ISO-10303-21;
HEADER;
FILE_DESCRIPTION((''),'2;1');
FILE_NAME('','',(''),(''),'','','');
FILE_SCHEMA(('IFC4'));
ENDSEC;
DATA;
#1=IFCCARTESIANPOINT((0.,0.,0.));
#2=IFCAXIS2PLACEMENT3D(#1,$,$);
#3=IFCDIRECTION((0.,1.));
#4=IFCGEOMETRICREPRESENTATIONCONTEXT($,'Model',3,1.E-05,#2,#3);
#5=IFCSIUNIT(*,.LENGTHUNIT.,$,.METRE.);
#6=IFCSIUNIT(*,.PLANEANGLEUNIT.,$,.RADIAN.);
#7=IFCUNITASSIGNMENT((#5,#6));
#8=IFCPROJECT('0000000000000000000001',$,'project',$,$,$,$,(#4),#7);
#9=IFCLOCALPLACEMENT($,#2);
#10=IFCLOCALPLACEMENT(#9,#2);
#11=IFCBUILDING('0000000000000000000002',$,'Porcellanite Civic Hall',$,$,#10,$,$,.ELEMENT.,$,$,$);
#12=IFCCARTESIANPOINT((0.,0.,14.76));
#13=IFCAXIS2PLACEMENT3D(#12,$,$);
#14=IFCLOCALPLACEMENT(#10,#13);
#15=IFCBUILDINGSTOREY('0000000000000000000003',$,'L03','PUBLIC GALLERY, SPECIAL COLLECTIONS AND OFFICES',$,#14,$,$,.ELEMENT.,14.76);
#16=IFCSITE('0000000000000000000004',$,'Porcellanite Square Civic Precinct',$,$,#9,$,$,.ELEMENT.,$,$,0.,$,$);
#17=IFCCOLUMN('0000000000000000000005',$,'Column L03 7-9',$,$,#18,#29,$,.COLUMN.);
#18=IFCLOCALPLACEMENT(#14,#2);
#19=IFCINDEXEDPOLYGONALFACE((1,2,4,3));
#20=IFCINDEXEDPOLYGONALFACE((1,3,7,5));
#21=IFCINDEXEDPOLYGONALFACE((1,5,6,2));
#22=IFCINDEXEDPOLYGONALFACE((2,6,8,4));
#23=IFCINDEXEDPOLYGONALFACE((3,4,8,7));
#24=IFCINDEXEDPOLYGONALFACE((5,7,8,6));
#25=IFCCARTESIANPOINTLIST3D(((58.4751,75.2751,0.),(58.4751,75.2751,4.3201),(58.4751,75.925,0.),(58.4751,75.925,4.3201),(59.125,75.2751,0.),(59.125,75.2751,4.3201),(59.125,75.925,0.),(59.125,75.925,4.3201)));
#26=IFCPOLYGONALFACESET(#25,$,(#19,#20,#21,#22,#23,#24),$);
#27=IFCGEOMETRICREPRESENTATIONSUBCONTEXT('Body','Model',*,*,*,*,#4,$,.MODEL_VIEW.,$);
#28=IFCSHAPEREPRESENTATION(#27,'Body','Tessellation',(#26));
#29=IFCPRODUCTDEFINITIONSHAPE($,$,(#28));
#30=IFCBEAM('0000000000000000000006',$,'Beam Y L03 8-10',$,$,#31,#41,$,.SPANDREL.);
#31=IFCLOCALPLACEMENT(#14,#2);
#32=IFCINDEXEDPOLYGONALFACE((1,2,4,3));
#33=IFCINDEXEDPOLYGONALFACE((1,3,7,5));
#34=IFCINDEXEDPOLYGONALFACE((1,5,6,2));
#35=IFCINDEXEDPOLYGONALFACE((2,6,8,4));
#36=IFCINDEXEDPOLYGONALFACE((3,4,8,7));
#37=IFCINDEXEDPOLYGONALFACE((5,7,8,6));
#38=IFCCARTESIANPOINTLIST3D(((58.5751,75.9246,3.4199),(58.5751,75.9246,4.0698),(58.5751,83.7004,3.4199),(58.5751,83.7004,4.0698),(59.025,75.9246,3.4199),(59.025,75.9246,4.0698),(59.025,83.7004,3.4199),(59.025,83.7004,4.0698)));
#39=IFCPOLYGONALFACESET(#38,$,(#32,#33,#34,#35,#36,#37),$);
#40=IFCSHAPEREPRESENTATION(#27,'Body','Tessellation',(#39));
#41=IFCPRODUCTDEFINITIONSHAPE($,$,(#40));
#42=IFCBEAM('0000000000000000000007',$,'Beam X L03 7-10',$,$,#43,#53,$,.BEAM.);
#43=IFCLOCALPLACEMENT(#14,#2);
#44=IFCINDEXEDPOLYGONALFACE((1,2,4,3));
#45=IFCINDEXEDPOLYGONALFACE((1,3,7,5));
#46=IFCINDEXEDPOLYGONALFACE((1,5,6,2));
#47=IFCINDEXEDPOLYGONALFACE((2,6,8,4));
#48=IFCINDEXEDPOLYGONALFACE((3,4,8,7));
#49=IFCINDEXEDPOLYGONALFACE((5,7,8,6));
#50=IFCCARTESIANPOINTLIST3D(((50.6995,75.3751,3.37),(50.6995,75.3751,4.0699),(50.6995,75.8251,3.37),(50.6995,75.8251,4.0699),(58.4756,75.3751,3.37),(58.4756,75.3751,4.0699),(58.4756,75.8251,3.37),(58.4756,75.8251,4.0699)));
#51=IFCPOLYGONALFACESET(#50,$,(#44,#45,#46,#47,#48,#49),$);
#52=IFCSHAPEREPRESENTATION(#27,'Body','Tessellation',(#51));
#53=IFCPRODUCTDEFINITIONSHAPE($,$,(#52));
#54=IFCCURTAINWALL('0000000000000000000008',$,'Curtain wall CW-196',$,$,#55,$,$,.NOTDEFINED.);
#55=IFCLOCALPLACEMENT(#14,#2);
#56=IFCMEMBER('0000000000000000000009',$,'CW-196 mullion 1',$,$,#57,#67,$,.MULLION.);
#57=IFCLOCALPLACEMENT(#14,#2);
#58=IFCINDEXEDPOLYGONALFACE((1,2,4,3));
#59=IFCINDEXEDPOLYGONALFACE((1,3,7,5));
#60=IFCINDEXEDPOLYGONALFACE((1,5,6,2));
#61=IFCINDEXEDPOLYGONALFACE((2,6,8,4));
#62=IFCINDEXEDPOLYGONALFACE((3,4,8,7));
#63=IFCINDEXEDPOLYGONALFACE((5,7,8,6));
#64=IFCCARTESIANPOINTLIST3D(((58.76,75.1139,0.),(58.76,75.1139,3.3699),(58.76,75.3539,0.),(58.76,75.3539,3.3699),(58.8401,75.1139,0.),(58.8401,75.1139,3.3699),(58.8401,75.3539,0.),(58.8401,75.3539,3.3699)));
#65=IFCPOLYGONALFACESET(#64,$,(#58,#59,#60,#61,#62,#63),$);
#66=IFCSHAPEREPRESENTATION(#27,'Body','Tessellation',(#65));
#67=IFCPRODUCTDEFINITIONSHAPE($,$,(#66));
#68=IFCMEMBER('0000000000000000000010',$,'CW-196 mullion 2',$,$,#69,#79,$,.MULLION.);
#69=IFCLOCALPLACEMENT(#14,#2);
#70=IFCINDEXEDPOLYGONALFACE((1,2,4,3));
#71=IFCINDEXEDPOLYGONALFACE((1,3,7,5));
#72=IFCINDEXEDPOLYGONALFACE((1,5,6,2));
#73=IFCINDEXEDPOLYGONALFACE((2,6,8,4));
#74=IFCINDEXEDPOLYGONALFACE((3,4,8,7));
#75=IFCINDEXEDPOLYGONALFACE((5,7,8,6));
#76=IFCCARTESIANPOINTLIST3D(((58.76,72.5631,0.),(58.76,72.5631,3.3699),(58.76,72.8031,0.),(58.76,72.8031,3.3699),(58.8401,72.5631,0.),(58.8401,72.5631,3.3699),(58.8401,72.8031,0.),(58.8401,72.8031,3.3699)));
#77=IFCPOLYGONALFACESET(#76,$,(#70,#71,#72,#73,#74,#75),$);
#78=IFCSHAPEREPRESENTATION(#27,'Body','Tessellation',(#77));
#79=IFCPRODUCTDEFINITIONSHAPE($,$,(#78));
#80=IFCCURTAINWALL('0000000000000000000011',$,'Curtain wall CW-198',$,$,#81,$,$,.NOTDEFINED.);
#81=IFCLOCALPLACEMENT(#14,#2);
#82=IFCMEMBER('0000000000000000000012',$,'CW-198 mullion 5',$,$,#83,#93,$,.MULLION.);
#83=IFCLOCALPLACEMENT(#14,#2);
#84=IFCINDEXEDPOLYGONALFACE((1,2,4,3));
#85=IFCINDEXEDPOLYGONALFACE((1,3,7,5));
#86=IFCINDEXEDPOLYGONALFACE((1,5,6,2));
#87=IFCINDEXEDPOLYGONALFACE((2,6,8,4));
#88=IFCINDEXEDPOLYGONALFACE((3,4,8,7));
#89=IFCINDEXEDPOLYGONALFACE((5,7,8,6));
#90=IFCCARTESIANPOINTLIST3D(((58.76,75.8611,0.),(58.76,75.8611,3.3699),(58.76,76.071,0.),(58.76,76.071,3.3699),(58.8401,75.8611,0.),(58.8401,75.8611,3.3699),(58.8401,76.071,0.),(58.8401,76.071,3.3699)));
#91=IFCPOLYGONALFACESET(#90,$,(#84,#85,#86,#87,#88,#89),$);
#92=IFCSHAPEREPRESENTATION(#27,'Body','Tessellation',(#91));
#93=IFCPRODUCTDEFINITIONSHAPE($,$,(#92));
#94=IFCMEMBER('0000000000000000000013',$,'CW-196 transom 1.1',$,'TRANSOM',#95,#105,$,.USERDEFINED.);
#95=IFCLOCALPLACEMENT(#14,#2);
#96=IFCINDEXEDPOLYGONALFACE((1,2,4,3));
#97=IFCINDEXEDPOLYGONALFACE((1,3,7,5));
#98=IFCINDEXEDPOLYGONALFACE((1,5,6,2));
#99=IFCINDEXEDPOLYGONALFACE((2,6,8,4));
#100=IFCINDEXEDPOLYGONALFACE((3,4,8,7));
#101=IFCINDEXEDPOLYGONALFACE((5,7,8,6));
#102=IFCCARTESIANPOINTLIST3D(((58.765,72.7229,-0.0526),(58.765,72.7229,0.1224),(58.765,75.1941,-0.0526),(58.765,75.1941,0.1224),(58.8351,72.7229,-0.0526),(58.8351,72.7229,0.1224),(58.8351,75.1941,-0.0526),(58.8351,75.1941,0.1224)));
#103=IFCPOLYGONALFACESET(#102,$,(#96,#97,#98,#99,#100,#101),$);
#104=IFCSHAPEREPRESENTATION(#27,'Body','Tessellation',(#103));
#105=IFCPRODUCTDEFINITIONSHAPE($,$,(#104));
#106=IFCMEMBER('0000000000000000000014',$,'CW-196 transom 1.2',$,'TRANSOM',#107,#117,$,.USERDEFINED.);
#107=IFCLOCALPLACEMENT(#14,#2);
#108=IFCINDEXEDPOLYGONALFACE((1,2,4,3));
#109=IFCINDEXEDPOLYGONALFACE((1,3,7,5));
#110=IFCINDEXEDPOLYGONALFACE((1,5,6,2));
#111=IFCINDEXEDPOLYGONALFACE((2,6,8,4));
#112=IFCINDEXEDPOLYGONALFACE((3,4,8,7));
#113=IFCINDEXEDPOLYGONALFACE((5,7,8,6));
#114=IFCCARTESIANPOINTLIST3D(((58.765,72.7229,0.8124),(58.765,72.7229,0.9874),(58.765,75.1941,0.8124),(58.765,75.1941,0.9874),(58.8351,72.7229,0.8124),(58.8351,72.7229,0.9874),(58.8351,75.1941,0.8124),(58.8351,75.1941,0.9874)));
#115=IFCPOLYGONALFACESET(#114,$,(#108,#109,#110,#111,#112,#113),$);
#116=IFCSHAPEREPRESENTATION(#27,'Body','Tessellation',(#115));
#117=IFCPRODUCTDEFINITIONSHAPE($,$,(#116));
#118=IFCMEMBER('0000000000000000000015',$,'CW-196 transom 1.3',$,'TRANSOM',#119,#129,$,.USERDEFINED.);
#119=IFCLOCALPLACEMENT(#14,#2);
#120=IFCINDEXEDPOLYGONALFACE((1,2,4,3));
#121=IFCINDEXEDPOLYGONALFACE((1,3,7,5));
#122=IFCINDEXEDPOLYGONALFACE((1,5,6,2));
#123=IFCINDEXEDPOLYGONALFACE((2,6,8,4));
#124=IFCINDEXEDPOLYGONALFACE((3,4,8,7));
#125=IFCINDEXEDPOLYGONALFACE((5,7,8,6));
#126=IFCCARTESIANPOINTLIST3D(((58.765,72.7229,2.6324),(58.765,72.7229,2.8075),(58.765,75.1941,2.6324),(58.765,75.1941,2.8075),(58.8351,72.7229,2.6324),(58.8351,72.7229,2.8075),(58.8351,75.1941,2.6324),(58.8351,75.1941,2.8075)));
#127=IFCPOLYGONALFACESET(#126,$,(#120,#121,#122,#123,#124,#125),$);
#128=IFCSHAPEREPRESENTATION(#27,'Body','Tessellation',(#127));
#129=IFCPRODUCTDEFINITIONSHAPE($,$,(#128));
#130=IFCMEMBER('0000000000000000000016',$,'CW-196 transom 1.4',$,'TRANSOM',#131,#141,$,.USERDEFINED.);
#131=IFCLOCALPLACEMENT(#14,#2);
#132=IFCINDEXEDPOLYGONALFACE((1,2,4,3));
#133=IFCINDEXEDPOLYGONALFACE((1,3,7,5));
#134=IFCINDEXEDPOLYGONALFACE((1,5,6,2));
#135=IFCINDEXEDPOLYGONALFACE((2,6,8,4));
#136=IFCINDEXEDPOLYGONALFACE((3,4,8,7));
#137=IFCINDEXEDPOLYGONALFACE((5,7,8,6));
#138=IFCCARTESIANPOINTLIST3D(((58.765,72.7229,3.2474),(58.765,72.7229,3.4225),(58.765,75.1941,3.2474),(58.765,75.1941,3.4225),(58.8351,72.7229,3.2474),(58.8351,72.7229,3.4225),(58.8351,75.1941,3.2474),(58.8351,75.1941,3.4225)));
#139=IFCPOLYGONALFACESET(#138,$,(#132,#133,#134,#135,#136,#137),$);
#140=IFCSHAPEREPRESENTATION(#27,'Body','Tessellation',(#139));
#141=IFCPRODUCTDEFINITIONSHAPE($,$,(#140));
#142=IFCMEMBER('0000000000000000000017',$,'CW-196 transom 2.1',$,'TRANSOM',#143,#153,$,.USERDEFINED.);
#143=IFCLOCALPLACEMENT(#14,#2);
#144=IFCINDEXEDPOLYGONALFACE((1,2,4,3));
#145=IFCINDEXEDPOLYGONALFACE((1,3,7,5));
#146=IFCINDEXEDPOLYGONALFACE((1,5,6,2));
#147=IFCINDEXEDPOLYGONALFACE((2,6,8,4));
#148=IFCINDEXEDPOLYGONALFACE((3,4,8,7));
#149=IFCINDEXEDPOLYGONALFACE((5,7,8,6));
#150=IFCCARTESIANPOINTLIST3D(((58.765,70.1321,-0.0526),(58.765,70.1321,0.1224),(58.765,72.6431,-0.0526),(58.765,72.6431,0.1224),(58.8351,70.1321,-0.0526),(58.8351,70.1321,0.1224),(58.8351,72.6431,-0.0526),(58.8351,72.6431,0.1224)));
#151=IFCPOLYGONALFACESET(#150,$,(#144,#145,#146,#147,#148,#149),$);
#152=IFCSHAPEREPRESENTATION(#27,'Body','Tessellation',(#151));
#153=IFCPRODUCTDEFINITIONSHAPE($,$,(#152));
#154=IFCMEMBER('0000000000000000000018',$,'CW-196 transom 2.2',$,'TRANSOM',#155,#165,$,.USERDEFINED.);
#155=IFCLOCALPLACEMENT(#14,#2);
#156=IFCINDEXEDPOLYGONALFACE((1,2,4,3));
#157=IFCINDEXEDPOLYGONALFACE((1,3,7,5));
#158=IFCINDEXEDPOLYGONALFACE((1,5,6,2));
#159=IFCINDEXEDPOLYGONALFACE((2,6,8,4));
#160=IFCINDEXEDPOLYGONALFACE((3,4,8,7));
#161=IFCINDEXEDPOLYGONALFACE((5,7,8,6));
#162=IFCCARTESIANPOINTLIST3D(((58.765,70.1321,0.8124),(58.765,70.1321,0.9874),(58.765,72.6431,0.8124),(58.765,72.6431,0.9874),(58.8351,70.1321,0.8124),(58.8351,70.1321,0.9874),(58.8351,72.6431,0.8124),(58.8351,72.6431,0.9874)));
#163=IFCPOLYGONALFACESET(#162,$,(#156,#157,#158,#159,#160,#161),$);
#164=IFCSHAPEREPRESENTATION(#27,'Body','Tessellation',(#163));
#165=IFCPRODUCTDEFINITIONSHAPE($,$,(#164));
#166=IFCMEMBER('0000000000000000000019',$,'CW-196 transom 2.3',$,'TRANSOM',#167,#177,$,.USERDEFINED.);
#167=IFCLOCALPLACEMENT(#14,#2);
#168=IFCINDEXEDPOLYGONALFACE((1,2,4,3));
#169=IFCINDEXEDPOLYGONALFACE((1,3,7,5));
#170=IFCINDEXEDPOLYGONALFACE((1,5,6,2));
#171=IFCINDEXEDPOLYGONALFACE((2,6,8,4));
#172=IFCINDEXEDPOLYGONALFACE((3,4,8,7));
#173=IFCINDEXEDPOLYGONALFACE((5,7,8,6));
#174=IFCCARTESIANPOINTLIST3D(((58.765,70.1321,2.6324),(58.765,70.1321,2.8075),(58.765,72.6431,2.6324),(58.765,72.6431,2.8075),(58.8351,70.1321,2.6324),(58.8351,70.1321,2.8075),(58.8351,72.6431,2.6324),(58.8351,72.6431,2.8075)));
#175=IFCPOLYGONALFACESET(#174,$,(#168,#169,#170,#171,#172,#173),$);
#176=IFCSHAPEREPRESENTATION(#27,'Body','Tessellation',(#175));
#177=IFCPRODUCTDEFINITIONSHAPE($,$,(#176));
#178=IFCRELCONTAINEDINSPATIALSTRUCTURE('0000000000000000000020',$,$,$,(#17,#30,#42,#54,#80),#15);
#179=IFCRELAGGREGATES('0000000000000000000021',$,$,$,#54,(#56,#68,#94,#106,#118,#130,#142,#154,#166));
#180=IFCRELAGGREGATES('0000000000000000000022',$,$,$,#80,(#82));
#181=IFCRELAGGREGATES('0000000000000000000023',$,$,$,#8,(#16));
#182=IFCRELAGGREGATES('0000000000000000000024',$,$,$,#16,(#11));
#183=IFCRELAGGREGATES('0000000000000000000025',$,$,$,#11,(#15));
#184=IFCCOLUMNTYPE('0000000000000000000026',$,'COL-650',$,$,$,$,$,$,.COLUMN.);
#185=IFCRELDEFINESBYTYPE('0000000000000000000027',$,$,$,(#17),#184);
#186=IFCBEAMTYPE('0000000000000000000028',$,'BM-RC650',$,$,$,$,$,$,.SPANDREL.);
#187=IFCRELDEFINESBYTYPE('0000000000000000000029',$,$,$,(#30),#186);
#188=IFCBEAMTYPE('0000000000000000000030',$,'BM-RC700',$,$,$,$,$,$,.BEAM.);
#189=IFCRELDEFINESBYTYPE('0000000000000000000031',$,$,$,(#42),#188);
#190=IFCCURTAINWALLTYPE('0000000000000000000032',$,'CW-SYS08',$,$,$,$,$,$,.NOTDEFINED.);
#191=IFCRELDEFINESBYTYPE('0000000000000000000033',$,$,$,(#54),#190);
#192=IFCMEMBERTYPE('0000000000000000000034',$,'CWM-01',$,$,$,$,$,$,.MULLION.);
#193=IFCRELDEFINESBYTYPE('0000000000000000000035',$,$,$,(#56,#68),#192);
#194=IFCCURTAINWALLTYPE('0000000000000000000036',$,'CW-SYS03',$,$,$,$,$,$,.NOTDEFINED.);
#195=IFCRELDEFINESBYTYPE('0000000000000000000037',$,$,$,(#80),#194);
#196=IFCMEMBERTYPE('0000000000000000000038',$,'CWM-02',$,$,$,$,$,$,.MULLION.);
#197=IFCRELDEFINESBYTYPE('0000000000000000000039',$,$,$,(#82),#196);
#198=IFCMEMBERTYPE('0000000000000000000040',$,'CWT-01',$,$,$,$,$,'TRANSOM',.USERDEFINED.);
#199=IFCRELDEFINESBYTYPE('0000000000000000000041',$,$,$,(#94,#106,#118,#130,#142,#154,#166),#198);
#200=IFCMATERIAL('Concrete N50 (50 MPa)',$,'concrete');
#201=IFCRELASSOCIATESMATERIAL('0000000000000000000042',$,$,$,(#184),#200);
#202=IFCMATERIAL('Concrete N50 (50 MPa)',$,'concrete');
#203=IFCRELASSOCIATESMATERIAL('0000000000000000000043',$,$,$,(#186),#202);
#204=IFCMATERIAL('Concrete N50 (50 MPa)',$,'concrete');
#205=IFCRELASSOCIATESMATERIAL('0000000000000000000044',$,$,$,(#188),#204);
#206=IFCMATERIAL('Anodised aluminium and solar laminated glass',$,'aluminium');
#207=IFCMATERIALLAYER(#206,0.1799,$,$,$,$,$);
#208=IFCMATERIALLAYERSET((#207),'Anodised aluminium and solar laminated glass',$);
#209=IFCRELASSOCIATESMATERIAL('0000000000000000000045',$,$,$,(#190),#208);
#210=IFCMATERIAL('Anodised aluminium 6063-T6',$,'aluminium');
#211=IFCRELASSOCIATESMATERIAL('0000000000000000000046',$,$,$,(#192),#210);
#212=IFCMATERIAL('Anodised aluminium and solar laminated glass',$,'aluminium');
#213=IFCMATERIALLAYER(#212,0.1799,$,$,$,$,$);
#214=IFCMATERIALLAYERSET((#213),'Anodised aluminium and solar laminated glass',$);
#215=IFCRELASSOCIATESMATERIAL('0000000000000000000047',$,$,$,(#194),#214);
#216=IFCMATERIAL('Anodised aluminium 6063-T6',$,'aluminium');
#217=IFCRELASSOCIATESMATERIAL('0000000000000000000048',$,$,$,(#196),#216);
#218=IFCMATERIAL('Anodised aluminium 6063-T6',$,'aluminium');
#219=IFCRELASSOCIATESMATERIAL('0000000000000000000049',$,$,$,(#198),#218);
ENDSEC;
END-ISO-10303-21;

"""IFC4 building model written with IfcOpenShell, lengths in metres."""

from ifc_helpers import new_model, si_unit, direction, frame, origin, origin_2d, place, context, subcontext, project, spatial, rectangle, extrude, material, layer, layer_set, material_profile, profile_set, type_object, element, aggregate, save


model = new_model("IFC4")

# Units and contexts
model_context = context("Model", 3, precision=1e-05, world=origin(), true_north=direction((0.0, 1.0)))
body_context = subcontext(model_context, "Body", "Model", "MODEL_VIEW")
ifc_project = project(units=[si_unit("LENGTHUNIT", "METRE"), si_unit("PLANEANGLEUNIT", "RADIAN")], contexts=[model_context])

# Site, building, storey
site_placement = place(None, origin())
site = spatial("IfcSite", under=ifc_project, at=site_placement, Name="Porcellanite Square Civic Precinct", CompositionType="ELEMENT", RefElevation=0.0)
building_placement = place(site_placement, origin())
building = spatial("IfcBuilding", under=site, at=building_placement, Name="Porcellanite Civic Hall", CompositionType="ELEMENT")
storey_placement = place(building_placement, frame((0.0, 0.0, 14.76)))
storey = spatial("IfcBuildingStorey", under=building, at=storey_placement, Name="L03", Description="PUBLIC GALLERY, SPECIAL COLLECTIONS AND OFFICES", CompositionType="ELEMENT", Elevation=14.76)

# Column
ifc_material_1 = material(Name="Concrete N50 (50 MPa)", Category="concrete")
ifc_material_profile_1 = material_profile(ifc_material_1, rectangle(XDim=0.6499, YDim=0.6499, at=origin_2d()), Name="RC-650x650")
ifc_profile_set_1 = profile_set([ifc_material_profile_1], Name="Concrete N50 (50 MPa)")
column_type = type_object("IfcColumnType", Name="COL-650", PredefinedType="COLUMN", material=ifc_profile_set_1)
column_placement = place(storey_placement, frame((58.8, 75.6001, 0.0), z_axis=(0.0, 0.0, 1.0), x_axis=(1.0, 0.0, 0.0)))
element("IfcColumn", 1, at=column_placement, inside=storey, type_object=column_type, Name="Column L03 7-9", PredefinedType="COLUMN", context=body_context, shape_type="SweptSolid", body=[
    extrude(rectangle(XDim=0.6499, YDim=0.6499, at=origin_2d()), origin(), (0.0, 0.0, 1.0), 4.3201),
])

# Beams
ifc_material_2 = material(Name="Concrete N50 (50 MPa)", Category="concrete")
ifc_material_profile_2 = material_profile(ifc_material_2, rectangle(XDim=0.45, YDim=0.6499, at=origin_2d()), Name="RC-450x650")
ifc_profile_set_2 = profile_set([ifc_material_profile_2], Name="Concrete N50 (50 MPa)")
beam_type_1 = type_object("IfcBeamType", Name="BM-RC650", PredefinedType="SPANDREL", material=ifc_profile_set_2)
beam_1_placement = place(storey_placement, frame((58.8, 75.9246, 3.7449), z_axis=(0.0, 1.0, 0.0), x_axis=(-1.0, 0.0, 0.0)))
element("IfcBeam", 2, at=beam_1_placement, inside=storey, type_object=beam_type_1, Name="Beam Y L03 8-10", PredefinedType="SPANDREL", context=body_context, shape_type="SweptSolid", body=[
    extrude(rectangle(XDim=0.45, YDim=0.6499, at=origin_2d()), origin(), (0.0, 0.0, 1.0), 7.7759),
])
ifc_material_3 = material(Name="Concrete N50 (50 MPa)", Category="concrete")
ifc_material_profile_3 = material_profile(ifc_material_3, rectangle(XDim=0.45, YDim=0.7, at=origin_2d()), Name="RC-450x700")
ifc_profile_set_3 = profile_set([ifc_material_profile_3], Name="Concrete N50 (50 MPa)")
beam_type_2 = type_object("IfcBeamType", Name="BM-RC700", PredefinedType="BEAM", material=ifc_profile_set_3)
beam_2_placement = place(storey_placement, frame((50.6995, 75.6001, 3.72), z_axis=(1.0, 0.0, 0.0), x_axis=(0.0, 1.0, 0.0)))
element("IfcBeam", 3, at=beam_2_placement, inside=storey, type_object=beam_type_2, Name="Beam X L03 7-10", PredefinedType="BEAM", context=body_context, shape_type="SweptSolid", body=[
    extrude(rectangle(XDim=0.45, YDim=0.7, at=origin_2d()), origin(), (0.0, 0.0, 1.0), 7.7761),
])

# Curtain wall, members
ifc_material_4 = material(Name="Anodised aluminium and solar laminated glass", Category="aluminium")
ifc_layer_1 = layer(ifc_material_4, 0.1799)
ifc_layer_set_1 = layer_set([ifc_layer_1], Name="Anodised aluminium and solar laminated glass")
curtain_wall_type_1 = type_object("IfcCurtainWallType", Name="CW-SYS08", PredefinedType="NOTDEFINED", material=ifc_layer_set_1)
curtain_wall_1_placement = place(storey_placement, origin())
curtain_wall_1 = element("IfcCurtainWall", 4, at=curtain_wall_1_placement, inside=storey, type_object=curtain_wall_type_1, Name="Curtain wall CW-196", PredefinedType="NOTDEFINED")
ifc_material_5 = material(Name="Anodised aluminium 6063-T6", Category="aluminium")
ifc_material_profile_4 = material_profile(ifc_material_5, rectangle(XDim=0.0801, YDim=0.24, at=origin_2d()), Name="AL-80x240")
ifc_profile_set_4 = profile_set([ifc_material_profile_4], Name="Anodised aluminium 6063-T6")
member_type_1 = type_object("IfcMemberType", Name="CWM-01", PredefinedType="MULLION", material=ifc_profile_set_4)
member_1_placement = place(storey_placement, frame((58.8, 75.2339, 0.0), z_axis=(0.0, 0.0, 1.0), x_axis=(1.0, 0.0, 0.0)))
member_1 = element("IfcMember", 5, at=member_1_placement, type_object=member_type_1, Name="CW-196 mullion 1", PredefinedType="MULLION", context=body_context, shape_type="SweptSolid", body=[
    extrude(rectangle(XDim=0.0801, YDim=0.24, at=origin_2d()), origin(), (0.0, 0.0, 1.0), 3.3699),
])
member_2_placement = place(storey_placement, frame((58.8, 72.6831, 0.0), z_axis=(0.0, 0.0, 1.0), x_axis=(1.0, 0.0, 0.0)))
member_2 = element("IfcMember", 6, at=member_2_placement, type_object=member_type_1, Name="CW-196 mullion 2", PredefinedType="MULLION", context=body_context, shape_type="SweptSolid", body=[
    extrude(rectangle(XDim=0.0801, YDim=0.24, at=origin_2d()), origin(), (0.0, 0.0, 1.0), 3.3699),
])

# Curtain wall, member
ifc_material_6 = material(Name="Anodised aluminium and solar laminated glass", Category="aluminium")
ifc_layer_2 = layer(ifc_material_6, 0.1799)
ifc_layer_set_2 = layer_set([ifc_layer_2], Name="Anodised aluminium and solar laminated glass")
curtain_wall_type_2 = type_object("IfcCurtainWallType", Name="CW-SYS03", PredefinedType="NOTDEFINED", material=ifc_layer_set_2)
curtain_wall_2_placement = place(storey_placement, origin())
curtain_wall_2 = element("IfcCurtainWall", 7, at=curtain_wall_2_placement, inside=storey, type_object=curtain_wall_type_2, Name="Curtain wall CW-198", PredefinedType="NOTDEFINED")
ifc_material_7 = material(Name="Anodised aluminium 6063-T6", Category="aluminium")
ifc_material_profile_5 = material_profile(ifc_material_7, rectangle(XDim=0.0801, YDim=0.21, at=origin_2d()), Name="AL-80x210")
ifc_profile_set_5 = profile_set([ifc_material_profile_5], Name="Anodised aluminium 6063-T6")
member_type_2 = type_object("IfcMemberType", Name="CWM-02", PredefinedType="MULLION", material=ifc_profile_set_5)
member_3_placement = place(storey_placement, frame((58.8, 75.9661, 0.0), z_axis=(0.0, 0.0, 1.0), x_axis=(1.0, 0.0, 0.0)))
member_3 = element("IfcMember", 8, at=member_3_placement, type_object=member_type_2, Name="CW-198 mullion 5", PredefinedType="MULLION", context=body_context, shape_type="SweptSolid", body=[
    extrude(rectangle(XDim=0.0801, YDim=0.21, at=origin_2d()), origin(), (0.0, 0.0, 1.0), 3.3699),
])

# Members
ifc_material_8 = material(Name="Anodised aluminium 6063-T6", Category="aluminium")
ifc_material_profile_6 = material_profile(ifc_material_8, rectangle(XDim=0.0701, YDim=0.175, at=origin_2d()), Name="AL-70x175")
ifc_profile_set_6 = profile_set([ifc_material_profile_6], Name="Anodised aluminium 6063-T6")
member_type_3 = type_object("IfcMemberType", Name="CWT-01", ElementType="TRANSOM", PredefinedType="USERDEFINED", material=ifc_profile_set_6)
member_4_placement = place(storey_placement, frame((58.8, 75.1941, 0.0349), z_axis=(0.0, -1.0, 0.0), x_axis=(1.0, 0.0, 0.0)))
member_4 = element("IfcMember", 9, at=member_4_placement, type_object=member_type_3, Name="CW-196 transom 1.1", ObjectType="TRANSOM", PredefinedType="USERDEFINED", context=body_context, shape_type="SweptSolid", body=[
    extrude(rectangle(XDim=0.0701, YDim=0.175, at=origin_2d()), origin(), (0.0, 0.0, 1.0), 2.4712),
])
member_5_placement = place(storey_placement, frame((58.8, 75.1941, 0.8999), z_axis=(0.0, -1.0, 0.0), x_axis=(1.0, 0.0, 0.0)))
member_5 = element("IfcMember", 10, at=member_5_placement, type_object=member_type_3, Name="CW-196 transom 1.2", ObjectType="TRANSOM", PredefinedType="USERDEFINED", context=body_context, shape_type="SweptSolid", body=[
    extrude(rectangle(XDim=0.0701, YDim=0.175, at=origin_2d()), origin(), (0.0, 0.0, 1.0), 2.4712),
])
member_6_placement = place(storey_placement, frame((58.8, 75.1941, 2.72), z_axis=(0.0, -1.0, 0.0), x_axis=(1.0, 0.0, 0.0)))
member_6 = element("IfcMember", 11, at=member_6_placement, type_object=member_type_3, Name="CW-196 transom 1.3", ObjectType="TRANSOM", PredefinedType="USERDEFINED", context=body_context, shape_type="SweptSolid", body=[
    extrude(rectangle(XDim=0.0701, YDim=0.175, at=origin_2d()), origin(), (0.0, 0.0, 1.0), 2.4712),
])
member_7_placement = place(storey_placement, frame((58.8, 75.1941, 3.335), z_axis=(0.0, -1.0, 0.0), x_axis=(1.0, 0.0, 0.0)))
member_7 = element("IfcMember", 12, at=member_7_placement, type_object=member_type_3, Name="CW-196 transom 1.4", ObjectType="TRANSOM", PredefinedType="USERDEFINED", context=body_context, shape_type="SweptSolid", body=[
    extrude(rectangle(XDim=0.0701, YDim=0.175, at=origin_2d()), origin(), (0.0, 0.0, 1.0), 2.4712),
])
member_8_placement = place(storey_placement, frame((58.8, 72.6431, 0.0349), z_axis=(0.0, -1.0, 0.0), x_axis=(1.0, 0.0, 0.0)))
member_8 = element("IfcMember", 13, at=member_8_placement, type_object=member_type_3, Name="CW-196 transom 2.1", ObjectType="TRANSOM", PredefinedType="USERDEFINED", context=body_context, shape_type="SweptSolid", body=[
    extrude(rectangle(XDim=0.0701, YDim=0.175, at=origin_2d()), origin(), (0.0, 0.0, 1.0), 2.511),
])
member_9_placement = place(storey_placement, frame((58.8, 72.6431, 0.8999), z_axis=(0.0, -1.0, 0.0), x_axis=(1.0, 0.0, 0.0)))
member_9 = element("IfcMember", 14, at=member_9_placement, type_object=member_type_3, Name="CW-196 transom 2.2", ObjectType="TRANSOM", PredefinedType="USERDEFINED", context=body_context, shape_type="SweptSolid", body=[
    extrude(rectangle(XDim=0.0701, YDim=0.175, at=origin_2d()), origin(), (0.0, 0.0, 1.0), 2.511),
])
member_10_placement = place(storey_placement, frame((58.8, 72.6431, 2.72), z_axis=(0.0, -1.0, 0.0), x_axis=(1.0, 0.0, 0.0)))
member_10 = element("IfcMember", 15, at=member_10_placement, type_object=member_type_3, Name="CW-196 transom 2.3", ObjectType="TRANSOM", PredefinedType="USERDEFINED", context=body_context, shape_type="SweptSolid", body=[
    extrude(rectangle(XDim=0.0701, YDim=0.175, at=origin_2d()), origin(), (0.0, 0.0, 1.0), 2.511),
])

aggregate(curtain_wall_1, [member_1, member_2, member_4, member_5, member_6, member_7, member_8, member_9, member_10])
aggregate(curtain_wall_2, [member_3])

save(model, "model.ifc")
